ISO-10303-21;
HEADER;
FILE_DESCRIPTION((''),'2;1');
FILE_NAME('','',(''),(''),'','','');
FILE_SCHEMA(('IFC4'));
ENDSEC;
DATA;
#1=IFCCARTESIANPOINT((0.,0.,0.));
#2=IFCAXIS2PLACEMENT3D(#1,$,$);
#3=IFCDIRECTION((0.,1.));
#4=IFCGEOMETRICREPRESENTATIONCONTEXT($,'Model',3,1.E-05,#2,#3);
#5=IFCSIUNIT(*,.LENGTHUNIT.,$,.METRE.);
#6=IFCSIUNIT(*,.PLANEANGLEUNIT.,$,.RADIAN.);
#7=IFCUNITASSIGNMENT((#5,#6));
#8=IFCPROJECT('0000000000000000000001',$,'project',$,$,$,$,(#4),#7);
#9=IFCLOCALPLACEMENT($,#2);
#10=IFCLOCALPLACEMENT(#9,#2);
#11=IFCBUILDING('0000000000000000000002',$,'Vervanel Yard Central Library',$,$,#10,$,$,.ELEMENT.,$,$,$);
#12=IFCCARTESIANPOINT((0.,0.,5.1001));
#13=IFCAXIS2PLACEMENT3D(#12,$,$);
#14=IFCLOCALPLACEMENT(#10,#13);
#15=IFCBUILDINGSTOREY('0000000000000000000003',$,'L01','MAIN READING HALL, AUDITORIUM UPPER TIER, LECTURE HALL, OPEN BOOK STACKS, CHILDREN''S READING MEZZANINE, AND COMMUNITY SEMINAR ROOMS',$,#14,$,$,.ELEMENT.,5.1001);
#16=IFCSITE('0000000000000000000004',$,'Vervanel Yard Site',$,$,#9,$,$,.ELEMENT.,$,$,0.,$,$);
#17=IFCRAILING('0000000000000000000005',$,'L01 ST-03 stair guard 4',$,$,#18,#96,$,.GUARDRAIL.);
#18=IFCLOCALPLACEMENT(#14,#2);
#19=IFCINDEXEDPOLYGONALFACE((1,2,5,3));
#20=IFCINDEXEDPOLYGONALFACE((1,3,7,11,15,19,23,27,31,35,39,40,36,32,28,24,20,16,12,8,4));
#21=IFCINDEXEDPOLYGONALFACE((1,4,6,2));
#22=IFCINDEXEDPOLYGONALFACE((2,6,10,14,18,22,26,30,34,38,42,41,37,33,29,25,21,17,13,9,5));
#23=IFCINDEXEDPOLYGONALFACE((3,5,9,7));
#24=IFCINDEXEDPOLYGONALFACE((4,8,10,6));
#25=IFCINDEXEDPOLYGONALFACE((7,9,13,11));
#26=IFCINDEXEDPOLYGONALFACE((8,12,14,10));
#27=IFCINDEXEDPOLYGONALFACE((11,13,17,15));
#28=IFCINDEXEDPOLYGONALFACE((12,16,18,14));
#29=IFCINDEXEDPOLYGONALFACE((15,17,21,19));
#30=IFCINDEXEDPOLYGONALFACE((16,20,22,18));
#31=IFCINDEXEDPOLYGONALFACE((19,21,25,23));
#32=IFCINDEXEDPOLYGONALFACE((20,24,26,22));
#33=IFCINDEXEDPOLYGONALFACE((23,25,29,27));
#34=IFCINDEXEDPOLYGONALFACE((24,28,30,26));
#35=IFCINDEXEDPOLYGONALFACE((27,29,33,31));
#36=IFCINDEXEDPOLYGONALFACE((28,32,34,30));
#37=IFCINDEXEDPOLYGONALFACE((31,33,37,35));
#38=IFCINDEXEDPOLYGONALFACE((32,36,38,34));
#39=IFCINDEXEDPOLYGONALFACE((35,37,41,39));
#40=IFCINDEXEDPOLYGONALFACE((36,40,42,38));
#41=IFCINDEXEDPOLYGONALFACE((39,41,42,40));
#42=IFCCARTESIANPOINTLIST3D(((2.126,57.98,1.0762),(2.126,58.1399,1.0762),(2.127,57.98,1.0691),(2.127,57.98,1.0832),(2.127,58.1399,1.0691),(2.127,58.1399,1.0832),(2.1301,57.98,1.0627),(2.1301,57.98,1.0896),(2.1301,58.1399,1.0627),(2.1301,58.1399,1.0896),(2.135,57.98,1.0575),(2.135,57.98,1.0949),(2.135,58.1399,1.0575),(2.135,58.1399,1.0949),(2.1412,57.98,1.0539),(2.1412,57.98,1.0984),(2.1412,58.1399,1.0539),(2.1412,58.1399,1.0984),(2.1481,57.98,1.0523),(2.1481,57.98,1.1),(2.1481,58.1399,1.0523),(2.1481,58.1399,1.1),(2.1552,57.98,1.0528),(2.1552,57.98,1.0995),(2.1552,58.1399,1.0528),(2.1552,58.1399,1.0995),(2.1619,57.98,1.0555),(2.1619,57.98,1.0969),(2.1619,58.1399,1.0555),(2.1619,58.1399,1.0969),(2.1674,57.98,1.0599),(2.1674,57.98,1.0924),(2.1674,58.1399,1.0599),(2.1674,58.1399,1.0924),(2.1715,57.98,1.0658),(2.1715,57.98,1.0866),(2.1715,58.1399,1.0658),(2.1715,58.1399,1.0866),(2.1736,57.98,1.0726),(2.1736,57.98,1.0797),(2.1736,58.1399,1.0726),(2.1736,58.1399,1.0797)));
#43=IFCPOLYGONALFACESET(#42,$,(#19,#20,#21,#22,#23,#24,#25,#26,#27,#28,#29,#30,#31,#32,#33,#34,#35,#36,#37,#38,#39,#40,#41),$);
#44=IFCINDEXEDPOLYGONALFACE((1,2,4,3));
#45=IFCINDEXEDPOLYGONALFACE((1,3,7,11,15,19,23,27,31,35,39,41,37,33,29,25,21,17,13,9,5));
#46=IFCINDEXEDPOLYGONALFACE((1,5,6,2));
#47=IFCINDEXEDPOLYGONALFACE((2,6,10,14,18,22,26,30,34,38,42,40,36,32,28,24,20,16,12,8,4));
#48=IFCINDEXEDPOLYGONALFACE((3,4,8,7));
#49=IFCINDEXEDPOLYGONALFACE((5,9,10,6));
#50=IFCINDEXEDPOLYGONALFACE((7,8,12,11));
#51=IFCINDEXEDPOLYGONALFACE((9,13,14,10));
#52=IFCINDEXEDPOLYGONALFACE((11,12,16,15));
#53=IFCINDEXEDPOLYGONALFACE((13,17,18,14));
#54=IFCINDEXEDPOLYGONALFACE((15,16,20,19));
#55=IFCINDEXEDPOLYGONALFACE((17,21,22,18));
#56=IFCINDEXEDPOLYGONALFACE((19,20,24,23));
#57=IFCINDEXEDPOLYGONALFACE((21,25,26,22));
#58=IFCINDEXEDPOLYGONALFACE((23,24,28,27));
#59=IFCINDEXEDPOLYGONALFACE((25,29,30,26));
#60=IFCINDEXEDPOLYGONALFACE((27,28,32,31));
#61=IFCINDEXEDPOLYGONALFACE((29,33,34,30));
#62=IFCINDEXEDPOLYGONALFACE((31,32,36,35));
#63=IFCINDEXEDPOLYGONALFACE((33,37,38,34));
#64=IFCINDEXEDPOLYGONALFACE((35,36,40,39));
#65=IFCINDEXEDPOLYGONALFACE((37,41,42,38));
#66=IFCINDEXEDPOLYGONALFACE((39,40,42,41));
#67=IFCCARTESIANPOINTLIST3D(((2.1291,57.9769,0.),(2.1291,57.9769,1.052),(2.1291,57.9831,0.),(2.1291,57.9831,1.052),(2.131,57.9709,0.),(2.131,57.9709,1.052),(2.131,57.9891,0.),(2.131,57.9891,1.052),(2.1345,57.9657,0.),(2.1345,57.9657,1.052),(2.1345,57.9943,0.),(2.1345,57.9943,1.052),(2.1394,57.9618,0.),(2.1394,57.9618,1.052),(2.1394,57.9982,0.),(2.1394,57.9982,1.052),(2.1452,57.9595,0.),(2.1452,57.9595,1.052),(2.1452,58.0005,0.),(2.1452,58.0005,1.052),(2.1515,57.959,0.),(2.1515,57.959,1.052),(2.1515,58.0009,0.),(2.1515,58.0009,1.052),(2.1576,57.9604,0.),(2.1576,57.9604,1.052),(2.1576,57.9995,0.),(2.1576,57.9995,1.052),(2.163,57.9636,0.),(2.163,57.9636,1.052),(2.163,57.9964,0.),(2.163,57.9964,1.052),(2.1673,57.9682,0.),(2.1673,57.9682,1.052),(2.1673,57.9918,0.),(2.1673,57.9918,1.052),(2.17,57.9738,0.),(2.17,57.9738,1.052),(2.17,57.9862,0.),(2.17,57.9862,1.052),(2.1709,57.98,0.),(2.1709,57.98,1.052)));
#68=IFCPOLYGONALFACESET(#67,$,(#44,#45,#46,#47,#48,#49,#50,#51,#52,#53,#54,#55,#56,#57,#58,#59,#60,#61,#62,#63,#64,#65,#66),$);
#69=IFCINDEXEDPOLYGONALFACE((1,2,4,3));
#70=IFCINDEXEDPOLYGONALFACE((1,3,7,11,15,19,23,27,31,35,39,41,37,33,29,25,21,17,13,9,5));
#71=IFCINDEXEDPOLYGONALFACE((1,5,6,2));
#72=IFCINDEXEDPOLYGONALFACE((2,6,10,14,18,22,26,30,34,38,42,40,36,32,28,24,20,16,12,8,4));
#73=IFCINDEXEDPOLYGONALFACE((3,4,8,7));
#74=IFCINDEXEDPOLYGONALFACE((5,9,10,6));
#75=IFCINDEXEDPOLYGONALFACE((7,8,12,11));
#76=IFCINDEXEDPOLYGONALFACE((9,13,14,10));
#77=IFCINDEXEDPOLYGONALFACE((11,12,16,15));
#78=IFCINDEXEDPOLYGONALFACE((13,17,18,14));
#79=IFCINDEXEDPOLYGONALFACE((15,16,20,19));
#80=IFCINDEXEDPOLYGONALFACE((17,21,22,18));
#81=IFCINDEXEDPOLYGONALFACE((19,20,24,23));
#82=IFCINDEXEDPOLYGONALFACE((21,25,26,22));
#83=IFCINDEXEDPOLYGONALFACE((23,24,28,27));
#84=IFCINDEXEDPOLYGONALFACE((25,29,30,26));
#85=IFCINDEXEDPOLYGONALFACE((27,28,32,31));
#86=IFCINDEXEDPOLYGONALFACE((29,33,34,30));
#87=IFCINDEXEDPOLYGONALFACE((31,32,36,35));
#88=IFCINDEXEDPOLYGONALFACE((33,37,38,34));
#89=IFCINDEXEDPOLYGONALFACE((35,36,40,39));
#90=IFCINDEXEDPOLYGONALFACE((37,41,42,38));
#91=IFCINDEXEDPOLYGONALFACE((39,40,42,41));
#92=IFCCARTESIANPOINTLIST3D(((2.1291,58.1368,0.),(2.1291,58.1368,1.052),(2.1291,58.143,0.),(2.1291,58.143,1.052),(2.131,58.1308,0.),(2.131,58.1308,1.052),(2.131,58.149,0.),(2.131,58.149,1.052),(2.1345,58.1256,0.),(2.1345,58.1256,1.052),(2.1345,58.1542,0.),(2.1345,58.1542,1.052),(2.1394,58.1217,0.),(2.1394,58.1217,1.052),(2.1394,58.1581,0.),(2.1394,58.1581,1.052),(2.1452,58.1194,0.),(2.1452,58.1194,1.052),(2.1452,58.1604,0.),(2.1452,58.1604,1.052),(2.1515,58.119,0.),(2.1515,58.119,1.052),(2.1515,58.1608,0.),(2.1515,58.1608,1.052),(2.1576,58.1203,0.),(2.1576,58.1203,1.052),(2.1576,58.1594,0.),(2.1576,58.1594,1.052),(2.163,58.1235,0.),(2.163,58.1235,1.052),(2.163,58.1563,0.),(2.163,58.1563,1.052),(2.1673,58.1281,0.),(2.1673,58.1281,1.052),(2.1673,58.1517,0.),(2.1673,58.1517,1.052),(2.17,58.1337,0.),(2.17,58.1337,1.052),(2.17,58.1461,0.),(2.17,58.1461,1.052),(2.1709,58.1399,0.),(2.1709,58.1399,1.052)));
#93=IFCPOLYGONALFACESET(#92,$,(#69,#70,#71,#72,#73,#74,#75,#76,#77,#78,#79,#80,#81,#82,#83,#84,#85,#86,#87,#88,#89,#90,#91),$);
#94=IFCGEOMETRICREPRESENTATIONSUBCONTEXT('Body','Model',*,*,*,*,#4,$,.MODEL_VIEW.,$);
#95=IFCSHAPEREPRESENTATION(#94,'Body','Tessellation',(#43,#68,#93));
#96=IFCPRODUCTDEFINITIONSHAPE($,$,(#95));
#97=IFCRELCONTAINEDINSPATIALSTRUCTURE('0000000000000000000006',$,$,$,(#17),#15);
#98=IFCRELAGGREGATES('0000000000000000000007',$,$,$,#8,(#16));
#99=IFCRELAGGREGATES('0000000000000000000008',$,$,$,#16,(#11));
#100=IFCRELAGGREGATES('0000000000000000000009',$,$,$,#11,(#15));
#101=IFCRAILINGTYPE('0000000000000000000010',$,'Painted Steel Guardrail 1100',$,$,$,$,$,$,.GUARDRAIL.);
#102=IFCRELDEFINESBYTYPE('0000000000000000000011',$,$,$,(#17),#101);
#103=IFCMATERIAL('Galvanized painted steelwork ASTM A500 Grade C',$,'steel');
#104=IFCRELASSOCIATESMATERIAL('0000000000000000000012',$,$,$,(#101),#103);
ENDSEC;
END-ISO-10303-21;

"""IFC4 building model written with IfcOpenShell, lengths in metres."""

from ifc_helpers import new_model, si_unit, direction, frame, origin, origin_2d, place, context, subcontext, project, spatial, circle, extrude, material, type_object, element, save


model = new_model("IFC4")

# Units and contexts
model_context = context("Model", 3, precision=1e-05, world=origin(), true_north=direction((0.0, 1.0)))
body_context = subcontext(model_context, "Body", "Model", "MODEL_VIEW")
ifc_project = project(units=[si_unit("LENGTHUNIT", "METRE"), si_unit("PLANEANGLEUNIT", "RADIAN")], contexts=[model_context])

# Site, building, storey
site_placement = place(None, origin())
site = spatial("IfcSite", under=ifc_project, at=site_placement, Name="Vervanel Yard Site", CompositionType="ELEMENT", RefElevation=0.0)
building_placement = place(site_placement, origin())
building = spatial("IfcBuilding", under=site, at=building_placement, Name="Vervanel Yard Central Library", CompositionType="ELEMENT")
storey_placement = place(building_placement, frame((0.0, 0.0, 5.1001)))
storey = spatial("IfcBuildingStorey", under=building, at=storey_placement, Name="L01", Description="MAIN READING HALL, AUDITORIUM UPPER TIER, LECTURE HALL, OPEN BOOK STACKS, CHILDREN'S READING MEZZANINE, AND COMMUNITY SEMINAR ROOMS", CompositionType="ELEMENT", Elevation=5.1001)

# Shared definitions
ifc_material_1 = material(Name="Galvanized painted steelwork ASTM A500 Grade C", Category="steel")

# Railing
railing_type_1 = type_object("IfcRailingType", Name="Painted Steel Guardrail 1100", PredefinedType="GUARDRAIL", material=ifc_material_1)
railing_1_placement = place(storey_placement, frame((2.1499, 57.98, 0.0)))
element("IfcRailing", 1, at=railing_1_placement, inside=storey, type_object=railing_type_1, Name="L01 ST-03 stair guard 4", PredefinedType="GUARDRAIL", context=body_context, shape_type="SweptSolid", body=[
    extrude(circle(Radius=0.0239, at=origin_2d()), frame((0.0, 0.0, 1.0762), z_axis=(0.0, 1.0, 0.0), x_axis=(-1.0, 0.0, 0.0)), (0.0, 0.0, 1.0), 0.1599),
    extrude(circle(Radius=0.021, at=origin_2d()), origin(), (0.0, 0.0, 1.0), 1.052),
    extrude(circle(Radius=0.021, at=origin_2d()), frame((0.0, 0.1599, 0.0)), (0.0, 0.0, 1.0), 1.052),
])

save(model, "model.ifc")
